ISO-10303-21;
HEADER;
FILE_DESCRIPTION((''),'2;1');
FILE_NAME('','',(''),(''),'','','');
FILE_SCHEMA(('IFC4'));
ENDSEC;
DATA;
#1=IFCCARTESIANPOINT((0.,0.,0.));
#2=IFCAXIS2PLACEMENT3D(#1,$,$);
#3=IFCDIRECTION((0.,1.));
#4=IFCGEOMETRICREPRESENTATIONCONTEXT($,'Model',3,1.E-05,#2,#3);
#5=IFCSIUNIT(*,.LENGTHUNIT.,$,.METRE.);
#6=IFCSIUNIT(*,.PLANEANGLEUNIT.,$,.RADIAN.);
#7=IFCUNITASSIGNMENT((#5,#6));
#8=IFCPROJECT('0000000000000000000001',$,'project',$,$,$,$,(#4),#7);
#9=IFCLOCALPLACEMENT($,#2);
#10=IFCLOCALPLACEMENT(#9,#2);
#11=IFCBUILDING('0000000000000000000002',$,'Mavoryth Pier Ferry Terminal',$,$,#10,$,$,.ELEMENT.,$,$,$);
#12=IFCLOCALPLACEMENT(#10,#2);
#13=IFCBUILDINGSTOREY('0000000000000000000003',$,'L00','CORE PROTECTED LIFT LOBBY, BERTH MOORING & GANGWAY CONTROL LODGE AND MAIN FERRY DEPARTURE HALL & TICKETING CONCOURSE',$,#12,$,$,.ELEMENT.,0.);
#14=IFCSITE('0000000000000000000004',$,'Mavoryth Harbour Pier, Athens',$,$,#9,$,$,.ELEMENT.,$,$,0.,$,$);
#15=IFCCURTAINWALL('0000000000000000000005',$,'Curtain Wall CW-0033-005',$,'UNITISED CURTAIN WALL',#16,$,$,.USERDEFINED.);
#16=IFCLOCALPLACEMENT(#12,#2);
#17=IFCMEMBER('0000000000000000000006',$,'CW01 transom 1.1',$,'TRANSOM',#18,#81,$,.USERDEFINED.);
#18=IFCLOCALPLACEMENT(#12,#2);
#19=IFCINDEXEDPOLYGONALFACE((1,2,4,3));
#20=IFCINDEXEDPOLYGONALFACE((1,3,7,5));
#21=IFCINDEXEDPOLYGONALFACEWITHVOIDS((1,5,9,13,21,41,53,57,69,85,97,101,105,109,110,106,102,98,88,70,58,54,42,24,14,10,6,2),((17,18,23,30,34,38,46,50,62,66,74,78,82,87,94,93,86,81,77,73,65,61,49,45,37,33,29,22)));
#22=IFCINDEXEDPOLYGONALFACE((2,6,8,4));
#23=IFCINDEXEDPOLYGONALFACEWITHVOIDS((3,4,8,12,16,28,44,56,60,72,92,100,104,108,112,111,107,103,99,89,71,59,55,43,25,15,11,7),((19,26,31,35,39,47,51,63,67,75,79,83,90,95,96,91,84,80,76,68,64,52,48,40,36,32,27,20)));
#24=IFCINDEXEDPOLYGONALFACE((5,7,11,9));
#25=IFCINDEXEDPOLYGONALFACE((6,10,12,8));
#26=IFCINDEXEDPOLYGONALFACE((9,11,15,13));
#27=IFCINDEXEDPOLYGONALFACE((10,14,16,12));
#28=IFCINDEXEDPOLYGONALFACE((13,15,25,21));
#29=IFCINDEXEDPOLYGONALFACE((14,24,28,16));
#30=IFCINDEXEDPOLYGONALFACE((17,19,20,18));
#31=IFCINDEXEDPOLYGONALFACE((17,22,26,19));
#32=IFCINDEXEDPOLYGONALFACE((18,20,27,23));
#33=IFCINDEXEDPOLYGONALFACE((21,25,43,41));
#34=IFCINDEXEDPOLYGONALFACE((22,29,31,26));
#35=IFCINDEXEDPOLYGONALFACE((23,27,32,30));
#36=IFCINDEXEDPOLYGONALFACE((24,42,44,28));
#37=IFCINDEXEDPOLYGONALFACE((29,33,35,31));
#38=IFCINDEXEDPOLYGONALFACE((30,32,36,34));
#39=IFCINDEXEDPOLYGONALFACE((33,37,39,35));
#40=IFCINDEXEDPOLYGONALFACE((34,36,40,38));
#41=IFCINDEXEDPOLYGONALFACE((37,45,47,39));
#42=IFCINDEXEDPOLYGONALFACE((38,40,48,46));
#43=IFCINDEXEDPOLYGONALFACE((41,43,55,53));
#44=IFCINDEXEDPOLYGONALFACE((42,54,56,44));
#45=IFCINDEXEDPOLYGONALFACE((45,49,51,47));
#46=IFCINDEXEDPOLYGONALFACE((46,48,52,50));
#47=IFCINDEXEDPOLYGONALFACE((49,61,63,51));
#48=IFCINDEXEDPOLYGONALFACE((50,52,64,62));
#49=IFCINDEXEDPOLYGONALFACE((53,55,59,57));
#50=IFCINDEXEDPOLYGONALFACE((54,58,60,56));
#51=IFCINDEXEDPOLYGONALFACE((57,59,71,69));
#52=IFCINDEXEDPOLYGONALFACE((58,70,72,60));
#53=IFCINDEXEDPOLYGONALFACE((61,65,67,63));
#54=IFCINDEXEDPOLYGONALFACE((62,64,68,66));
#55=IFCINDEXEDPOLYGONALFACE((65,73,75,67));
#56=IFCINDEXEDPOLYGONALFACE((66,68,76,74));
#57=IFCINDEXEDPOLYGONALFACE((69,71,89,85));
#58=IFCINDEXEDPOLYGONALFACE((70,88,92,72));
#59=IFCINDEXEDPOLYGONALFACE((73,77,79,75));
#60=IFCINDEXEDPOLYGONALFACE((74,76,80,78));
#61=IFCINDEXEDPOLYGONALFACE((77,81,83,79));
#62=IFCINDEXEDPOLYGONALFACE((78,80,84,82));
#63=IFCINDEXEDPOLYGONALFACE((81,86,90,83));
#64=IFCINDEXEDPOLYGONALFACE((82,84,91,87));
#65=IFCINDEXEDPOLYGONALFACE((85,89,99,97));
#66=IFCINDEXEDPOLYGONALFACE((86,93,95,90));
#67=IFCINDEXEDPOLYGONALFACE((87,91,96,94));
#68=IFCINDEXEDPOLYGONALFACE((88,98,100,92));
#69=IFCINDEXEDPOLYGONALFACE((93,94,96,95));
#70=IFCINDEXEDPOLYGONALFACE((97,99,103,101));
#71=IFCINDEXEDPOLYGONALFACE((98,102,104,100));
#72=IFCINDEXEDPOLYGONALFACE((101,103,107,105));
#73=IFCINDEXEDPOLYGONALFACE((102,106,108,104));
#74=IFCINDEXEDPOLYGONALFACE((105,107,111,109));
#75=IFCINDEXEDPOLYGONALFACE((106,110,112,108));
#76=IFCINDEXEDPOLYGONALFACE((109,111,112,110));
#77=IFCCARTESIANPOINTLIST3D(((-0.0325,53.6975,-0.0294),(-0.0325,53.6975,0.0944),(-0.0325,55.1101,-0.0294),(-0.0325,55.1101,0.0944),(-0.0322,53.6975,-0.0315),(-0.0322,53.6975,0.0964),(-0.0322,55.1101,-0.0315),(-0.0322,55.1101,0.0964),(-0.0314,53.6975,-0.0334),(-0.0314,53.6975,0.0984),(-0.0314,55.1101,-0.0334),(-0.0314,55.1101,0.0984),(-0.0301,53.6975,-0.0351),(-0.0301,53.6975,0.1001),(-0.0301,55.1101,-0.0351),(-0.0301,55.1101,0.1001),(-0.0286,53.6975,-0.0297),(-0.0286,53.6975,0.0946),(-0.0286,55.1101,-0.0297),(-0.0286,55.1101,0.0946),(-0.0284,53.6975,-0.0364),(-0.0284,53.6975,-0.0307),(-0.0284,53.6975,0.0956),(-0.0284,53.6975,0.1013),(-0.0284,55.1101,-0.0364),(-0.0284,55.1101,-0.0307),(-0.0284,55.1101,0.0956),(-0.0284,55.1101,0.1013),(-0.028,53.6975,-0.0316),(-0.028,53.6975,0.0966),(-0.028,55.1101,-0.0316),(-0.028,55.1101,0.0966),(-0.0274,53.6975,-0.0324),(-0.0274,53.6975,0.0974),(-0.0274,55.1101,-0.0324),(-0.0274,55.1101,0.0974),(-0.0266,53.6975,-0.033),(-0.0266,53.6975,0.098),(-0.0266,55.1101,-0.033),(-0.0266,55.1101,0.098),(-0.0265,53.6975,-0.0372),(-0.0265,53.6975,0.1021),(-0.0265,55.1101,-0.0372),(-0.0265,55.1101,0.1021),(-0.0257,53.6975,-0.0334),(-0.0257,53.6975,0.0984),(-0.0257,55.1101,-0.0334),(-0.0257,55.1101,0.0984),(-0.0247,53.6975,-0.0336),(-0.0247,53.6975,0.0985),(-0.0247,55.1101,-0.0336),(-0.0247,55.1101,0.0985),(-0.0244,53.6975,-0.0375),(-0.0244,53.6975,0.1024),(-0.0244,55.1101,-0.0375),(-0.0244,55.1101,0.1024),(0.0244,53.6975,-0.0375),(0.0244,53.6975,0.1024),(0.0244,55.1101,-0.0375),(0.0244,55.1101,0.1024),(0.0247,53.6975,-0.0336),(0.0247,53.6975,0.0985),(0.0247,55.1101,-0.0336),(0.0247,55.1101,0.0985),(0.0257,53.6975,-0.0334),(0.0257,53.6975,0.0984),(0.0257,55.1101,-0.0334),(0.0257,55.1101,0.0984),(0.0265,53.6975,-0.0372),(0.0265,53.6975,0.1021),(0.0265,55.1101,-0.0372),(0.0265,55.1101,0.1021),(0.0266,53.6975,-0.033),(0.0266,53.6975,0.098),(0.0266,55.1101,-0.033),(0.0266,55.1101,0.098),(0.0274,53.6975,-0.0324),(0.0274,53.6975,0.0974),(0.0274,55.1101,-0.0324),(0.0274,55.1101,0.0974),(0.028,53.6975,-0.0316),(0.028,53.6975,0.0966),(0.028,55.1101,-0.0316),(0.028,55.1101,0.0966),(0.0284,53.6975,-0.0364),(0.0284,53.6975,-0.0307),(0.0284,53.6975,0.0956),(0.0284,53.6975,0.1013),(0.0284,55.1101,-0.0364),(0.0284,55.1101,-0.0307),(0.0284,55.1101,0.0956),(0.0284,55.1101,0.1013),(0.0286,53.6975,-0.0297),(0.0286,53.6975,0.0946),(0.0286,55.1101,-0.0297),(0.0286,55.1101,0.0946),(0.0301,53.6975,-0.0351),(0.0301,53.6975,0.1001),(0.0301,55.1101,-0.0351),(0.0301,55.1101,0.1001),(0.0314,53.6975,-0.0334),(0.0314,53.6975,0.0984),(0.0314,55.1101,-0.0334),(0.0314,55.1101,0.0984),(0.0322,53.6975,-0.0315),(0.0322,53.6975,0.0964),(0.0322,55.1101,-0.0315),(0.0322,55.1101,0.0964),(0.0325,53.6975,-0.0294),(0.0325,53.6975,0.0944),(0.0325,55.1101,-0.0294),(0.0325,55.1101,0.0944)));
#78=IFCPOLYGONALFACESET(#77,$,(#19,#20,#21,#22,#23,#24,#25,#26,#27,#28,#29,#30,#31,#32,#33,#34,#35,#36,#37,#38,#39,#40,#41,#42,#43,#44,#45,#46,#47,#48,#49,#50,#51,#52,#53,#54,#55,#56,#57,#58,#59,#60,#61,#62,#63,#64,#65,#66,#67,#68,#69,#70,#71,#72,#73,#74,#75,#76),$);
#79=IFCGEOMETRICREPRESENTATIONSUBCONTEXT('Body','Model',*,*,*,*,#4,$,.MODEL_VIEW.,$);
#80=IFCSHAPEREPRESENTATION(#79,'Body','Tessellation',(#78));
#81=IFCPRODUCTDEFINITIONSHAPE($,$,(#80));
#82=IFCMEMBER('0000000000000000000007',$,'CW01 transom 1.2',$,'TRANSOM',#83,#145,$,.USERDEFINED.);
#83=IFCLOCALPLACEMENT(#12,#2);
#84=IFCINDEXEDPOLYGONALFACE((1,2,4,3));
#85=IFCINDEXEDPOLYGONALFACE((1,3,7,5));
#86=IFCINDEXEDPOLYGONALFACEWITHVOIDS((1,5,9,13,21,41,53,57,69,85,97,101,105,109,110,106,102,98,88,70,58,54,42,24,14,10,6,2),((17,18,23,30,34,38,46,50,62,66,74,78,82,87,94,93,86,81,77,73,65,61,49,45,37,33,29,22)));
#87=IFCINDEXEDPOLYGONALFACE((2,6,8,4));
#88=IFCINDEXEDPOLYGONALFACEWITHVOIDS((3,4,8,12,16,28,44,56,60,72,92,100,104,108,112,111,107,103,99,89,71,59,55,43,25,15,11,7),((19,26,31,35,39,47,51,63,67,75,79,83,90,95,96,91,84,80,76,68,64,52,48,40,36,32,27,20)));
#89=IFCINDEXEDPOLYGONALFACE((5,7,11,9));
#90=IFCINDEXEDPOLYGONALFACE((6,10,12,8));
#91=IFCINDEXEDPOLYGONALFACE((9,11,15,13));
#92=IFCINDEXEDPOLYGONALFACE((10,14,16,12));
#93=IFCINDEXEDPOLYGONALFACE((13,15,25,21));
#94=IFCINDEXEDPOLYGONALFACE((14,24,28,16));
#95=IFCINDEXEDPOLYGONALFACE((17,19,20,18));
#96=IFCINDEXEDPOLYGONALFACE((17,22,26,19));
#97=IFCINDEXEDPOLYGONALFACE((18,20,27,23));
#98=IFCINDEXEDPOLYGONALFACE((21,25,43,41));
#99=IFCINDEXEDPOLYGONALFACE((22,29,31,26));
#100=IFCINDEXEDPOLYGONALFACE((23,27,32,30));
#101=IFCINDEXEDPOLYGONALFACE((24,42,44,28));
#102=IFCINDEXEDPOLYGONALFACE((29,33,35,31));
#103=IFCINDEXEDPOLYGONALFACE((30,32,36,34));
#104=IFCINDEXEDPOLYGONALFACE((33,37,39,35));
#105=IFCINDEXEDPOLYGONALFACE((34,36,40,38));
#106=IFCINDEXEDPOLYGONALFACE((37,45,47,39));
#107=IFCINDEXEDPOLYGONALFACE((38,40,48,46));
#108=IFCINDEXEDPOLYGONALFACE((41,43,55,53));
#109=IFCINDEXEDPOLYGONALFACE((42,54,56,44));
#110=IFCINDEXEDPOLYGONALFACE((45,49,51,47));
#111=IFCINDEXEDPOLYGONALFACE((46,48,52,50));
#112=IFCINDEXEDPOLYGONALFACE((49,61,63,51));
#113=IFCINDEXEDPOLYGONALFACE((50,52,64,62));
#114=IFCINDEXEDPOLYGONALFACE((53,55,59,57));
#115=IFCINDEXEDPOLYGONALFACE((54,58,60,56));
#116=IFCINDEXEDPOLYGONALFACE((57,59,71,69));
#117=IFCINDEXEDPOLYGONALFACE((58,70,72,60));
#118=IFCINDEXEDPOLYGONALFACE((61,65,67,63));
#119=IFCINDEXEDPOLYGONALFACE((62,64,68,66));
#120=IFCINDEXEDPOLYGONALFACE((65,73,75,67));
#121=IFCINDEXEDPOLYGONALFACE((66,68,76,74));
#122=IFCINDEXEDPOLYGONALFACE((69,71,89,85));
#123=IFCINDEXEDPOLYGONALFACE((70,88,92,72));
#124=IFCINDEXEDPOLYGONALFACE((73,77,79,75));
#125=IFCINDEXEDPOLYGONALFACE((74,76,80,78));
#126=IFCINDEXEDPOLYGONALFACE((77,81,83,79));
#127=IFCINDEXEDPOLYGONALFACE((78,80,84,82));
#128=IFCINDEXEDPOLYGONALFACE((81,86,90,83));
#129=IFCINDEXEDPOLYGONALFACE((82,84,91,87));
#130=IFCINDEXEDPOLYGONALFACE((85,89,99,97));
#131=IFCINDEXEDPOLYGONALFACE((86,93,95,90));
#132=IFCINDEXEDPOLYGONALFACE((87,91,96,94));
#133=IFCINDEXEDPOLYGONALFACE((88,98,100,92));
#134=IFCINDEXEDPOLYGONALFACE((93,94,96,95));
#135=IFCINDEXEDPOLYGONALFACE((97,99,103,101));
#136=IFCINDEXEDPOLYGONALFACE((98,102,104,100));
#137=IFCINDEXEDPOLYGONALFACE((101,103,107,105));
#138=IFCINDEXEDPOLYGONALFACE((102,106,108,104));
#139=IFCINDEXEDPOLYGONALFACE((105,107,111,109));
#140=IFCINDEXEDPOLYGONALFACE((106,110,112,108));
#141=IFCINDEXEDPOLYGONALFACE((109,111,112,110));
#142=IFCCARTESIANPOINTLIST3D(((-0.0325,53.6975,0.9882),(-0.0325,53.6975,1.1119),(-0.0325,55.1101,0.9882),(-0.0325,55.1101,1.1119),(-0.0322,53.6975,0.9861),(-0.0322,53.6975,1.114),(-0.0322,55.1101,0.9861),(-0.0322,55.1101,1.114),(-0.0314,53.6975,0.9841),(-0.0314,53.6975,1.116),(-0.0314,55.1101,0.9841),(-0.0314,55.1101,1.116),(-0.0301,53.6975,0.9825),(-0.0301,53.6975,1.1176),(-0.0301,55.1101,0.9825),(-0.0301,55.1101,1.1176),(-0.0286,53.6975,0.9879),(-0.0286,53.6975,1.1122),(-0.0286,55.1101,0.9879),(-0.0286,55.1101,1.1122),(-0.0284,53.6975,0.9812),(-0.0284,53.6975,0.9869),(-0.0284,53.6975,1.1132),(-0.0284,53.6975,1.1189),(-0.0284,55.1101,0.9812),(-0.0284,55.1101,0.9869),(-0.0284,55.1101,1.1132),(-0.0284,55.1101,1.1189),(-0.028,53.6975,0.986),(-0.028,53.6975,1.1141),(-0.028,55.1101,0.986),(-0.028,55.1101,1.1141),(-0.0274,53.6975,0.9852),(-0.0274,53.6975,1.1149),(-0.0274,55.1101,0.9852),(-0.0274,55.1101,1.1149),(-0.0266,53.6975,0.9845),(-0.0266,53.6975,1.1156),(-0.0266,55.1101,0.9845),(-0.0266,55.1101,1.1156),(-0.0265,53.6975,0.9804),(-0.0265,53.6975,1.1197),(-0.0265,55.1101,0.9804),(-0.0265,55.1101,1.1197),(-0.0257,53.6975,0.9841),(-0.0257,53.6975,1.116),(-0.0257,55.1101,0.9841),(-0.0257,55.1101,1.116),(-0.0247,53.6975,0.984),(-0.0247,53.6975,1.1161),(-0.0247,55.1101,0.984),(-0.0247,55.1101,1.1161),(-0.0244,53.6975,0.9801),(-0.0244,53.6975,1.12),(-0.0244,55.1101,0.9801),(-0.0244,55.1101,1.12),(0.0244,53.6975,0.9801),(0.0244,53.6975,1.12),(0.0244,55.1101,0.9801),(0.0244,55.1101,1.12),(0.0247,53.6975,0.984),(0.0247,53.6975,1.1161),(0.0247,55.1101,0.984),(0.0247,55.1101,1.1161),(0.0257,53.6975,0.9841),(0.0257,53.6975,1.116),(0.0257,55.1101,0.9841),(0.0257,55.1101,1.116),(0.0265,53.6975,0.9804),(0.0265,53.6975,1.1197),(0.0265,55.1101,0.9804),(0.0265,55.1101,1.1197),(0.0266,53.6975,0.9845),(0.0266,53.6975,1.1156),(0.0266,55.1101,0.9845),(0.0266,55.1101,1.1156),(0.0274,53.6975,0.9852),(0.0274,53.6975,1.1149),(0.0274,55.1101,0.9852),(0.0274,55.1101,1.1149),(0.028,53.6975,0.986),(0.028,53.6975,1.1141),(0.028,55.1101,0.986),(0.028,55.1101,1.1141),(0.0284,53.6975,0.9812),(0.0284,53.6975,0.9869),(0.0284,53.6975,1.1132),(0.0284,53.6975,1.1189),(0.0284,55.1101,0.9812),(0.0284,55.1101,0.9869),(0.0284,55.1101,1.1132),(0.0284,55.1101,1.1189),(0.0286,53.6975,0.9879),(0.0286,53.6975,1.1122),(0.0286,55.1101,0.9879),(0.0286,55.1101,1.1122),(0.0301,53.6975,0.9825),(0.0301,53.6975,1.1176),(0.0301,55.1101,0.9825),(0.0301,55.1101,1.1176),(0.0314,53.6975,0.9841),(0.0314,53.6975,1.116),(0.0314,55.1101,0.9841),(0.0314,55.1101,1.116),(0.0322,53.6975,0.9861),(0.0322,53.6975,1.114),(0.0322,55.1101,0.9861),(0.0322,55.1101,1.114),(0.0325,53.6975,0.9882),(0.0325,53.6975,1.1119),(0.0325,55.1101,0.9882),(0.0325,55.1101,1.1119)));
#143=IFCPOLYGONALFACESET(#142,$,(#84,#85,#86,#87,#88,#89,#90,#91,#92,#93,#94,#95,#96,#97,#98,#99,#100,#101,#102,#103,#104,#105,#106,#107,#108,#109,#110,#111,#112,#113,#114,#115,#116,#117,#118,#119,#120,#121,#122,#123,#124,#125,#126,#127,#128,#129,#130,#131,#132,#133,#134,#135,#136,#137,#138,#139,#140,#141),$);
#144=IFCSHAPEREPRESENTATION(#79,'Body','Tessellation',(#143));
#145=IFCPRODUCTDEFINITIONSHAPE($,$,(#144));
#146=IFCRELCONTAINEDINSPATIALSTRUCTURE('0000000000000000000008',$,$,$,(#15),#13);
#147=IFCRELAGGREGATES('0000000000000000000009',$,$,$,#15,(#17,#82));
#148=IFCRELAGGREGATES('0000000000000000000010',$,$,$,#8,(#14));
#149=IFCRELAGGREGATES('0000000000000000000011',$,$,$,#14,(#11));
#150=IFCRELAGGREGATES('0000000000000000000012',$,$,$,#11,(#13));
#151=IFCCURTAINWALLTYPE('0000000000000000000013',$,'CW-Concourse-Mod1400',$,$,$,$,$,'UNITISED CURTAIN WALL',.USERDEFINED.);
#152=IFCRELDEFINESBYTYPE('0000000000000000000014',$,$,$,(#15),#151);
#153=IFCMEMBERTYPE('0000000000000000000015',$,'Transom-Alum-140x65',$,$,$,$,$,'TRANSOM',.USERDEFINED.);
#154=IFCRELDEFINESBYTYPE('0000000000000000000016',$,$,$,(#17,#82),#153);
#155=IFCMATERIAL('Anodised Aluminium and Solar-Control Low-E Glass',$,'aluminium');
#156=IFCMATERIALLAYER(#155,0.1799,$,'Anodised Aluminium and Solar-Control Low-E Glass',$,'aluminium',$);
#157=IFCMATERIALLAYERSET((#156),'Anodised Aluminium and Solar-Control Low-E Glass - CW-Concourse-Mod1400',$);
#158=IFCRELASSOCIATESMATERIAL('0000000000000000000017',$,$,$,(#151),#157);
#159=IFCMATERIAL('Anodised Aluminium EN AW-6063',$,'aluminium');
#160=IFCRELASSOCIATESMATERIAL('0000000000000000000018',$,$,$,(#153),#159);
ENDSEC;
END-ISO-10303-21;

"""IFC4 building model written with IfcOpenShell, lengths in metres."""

from ifc_helpers import new_model, si_unit, direction, frame, origin, origin_2d, place, context, subcontext, project, spatial, hollow_rectangle, extrude, material, layer, layer_set, material_profile, profile_set, type_object, element, aggregate, save


model = new_model("IFC4")

# Units and contexts
model_context = context("Model", 3, precision=1e-05, world=origin(), true_north=direction((0.0, 1.0)))
body_context = subcontext(model_context, "Body", "Model", "MODEL_VIEW")
ifc_project = project(units=[si_unit("LENGTHUNIT", "METRE"), si_unit("PLANEANGLEUNIT", "RADIAN")], contexts=[model_context])

# Site, building, storey
site_placement = place(None, origin())
site = spatial("IfcSite", under=ifc_project, at=site_placement, Name="Mavoryth Harbour Pier, Athens", CompositionType="ELEMENT", RefElevation=0.0)
building_placement = place(site_placement, origin())
building = spatial("IfcBuilding", under=site, at=building_placement, Name="Mavoryth Pier Ferry Terminal", CompositionType="ELEMENT")
storey_placement = place(building_placement, origin())
storey = spatial("IfcBuildingStorey", under=building, at=storey_placement, Name="L00", Description="CORE PROTECTED LIFT LOBBY, BERTH MOORING & GANGWAY CONTROL LODGE AND MAIN FERRY DEPARTURE HALL & TICKETING CONCOURSE", CompositionType="ELEMENT", Elevation=0.0)

# Curtain wall, members
ifc_material_1 = material(Name="Anodised Aluminium and Solar-Control Low-E Glass", Category="aluminium")
ifc_layer_1 = layer(ifc_material_1, 0.1799, Name="Anodised Aluminium and Solar-Control Low-E Glass", Category="aluminium")
ifc_layer_set_1 = layer_set([ifc_layer_1], Name="Anodised Aluminium and Solar-Control Low-E Glass - CW-Concourse-Mod1400")
curtain_wall_type = type_object("IfcCurtainWallType", Name="CW-Concourse-Mod1400", ElementType="UNITISED CURTAIN WALL", PredefinedType="USERDEFINED", material=ifc_layer_set_1)
curtain_wall_placement = place(storey_placement, origin())
curtain_wall = element("IfcCurtainWall", 1, at=curtain_wall_placement, inside=storey, type_object=curtain_wall_type, Name="Curtain Wall CW-0033-005", ObjectType="UNITISED CURTAIN WALL", PredefinedType="USERDEFINED")
ifc_material_2 = material(Name="Anodised Aluminium EN AW-6063", Category="aluminium")
ifc_material_profile_1 = material_profile(ifc_material_2, hollow_rectangle(XDim=0.0649, YDim=0.1399, WallThickness=0.0039, InnerFilletRadius=0.0039, OuterFilletRadius=0.0081, at=origin_2d()), Name="AL-TRAN 140x65x4", Category="aluminium")
ifc_profile_set_1 = profile_set([ifc_material_profile_1], Name="Anodised Aluminium EN AW-6063 - AL-TRAN 140x65x4")
member_type_1 = type_object("IfcMemberType", Name="Transom-Alum-140x65", ElementType="TRANSOM", PredefinedType="USERDEFINED", material=ifc_profile_set_1)
member_1_placement = place(storey_placement, frame((0.0, 55.1101, 0.0325), z_axis=(0.0, -1.0, 0.0), x_axis=(1.0, 0.0, 0.0)))
member_1 = element("IfcMember", 2, at=member_1_placement, type_object=member_type_1, Name="CW01 transom 1.1", ObjectType="TRANSOM", PredefinedType="USERDEFINED", context=body_context, shape_type="SweptSolid", body=[
    extrude(hollow_rectangle(XDim=0.0649, YDim=0.1399, WallThickness=0.0039, InnerFilletRadius=0.0039, OuterFilletRadius=0.0081, at=origin_2d()), origin(), (0.0, 0.0, 1.0), 1.4126),
])
member_2_placement = place(storey_placement, frame((0.0, 55.1101, 1.05), z_axis=(0.0, -1.0, 0.0), x_axis=(1.0, 0.0, 0.0)))
member_2 = element("IfcMember", 3, at=member_2_placement, type_object=member_type_1, Name="CW01 transom 1.2", ObjectType="TRANSOM", PredefinedType="USERDEFINED", context=body_context, shape_type="SweptSolid", body=[
    extrude(hollow_rectangle(XDim=0.0649, YDim=0.1399, WallThickness=0.0039, InnerFilletRadius=0.0039, OuterFilletRadius=0.0081, at=origin_2d()), origin(), (0.0, 0.0, 1.0), 1.4126),
])
aggregate(curtain_wall, [member_1, member_2])

save(model, "model.ifc")
